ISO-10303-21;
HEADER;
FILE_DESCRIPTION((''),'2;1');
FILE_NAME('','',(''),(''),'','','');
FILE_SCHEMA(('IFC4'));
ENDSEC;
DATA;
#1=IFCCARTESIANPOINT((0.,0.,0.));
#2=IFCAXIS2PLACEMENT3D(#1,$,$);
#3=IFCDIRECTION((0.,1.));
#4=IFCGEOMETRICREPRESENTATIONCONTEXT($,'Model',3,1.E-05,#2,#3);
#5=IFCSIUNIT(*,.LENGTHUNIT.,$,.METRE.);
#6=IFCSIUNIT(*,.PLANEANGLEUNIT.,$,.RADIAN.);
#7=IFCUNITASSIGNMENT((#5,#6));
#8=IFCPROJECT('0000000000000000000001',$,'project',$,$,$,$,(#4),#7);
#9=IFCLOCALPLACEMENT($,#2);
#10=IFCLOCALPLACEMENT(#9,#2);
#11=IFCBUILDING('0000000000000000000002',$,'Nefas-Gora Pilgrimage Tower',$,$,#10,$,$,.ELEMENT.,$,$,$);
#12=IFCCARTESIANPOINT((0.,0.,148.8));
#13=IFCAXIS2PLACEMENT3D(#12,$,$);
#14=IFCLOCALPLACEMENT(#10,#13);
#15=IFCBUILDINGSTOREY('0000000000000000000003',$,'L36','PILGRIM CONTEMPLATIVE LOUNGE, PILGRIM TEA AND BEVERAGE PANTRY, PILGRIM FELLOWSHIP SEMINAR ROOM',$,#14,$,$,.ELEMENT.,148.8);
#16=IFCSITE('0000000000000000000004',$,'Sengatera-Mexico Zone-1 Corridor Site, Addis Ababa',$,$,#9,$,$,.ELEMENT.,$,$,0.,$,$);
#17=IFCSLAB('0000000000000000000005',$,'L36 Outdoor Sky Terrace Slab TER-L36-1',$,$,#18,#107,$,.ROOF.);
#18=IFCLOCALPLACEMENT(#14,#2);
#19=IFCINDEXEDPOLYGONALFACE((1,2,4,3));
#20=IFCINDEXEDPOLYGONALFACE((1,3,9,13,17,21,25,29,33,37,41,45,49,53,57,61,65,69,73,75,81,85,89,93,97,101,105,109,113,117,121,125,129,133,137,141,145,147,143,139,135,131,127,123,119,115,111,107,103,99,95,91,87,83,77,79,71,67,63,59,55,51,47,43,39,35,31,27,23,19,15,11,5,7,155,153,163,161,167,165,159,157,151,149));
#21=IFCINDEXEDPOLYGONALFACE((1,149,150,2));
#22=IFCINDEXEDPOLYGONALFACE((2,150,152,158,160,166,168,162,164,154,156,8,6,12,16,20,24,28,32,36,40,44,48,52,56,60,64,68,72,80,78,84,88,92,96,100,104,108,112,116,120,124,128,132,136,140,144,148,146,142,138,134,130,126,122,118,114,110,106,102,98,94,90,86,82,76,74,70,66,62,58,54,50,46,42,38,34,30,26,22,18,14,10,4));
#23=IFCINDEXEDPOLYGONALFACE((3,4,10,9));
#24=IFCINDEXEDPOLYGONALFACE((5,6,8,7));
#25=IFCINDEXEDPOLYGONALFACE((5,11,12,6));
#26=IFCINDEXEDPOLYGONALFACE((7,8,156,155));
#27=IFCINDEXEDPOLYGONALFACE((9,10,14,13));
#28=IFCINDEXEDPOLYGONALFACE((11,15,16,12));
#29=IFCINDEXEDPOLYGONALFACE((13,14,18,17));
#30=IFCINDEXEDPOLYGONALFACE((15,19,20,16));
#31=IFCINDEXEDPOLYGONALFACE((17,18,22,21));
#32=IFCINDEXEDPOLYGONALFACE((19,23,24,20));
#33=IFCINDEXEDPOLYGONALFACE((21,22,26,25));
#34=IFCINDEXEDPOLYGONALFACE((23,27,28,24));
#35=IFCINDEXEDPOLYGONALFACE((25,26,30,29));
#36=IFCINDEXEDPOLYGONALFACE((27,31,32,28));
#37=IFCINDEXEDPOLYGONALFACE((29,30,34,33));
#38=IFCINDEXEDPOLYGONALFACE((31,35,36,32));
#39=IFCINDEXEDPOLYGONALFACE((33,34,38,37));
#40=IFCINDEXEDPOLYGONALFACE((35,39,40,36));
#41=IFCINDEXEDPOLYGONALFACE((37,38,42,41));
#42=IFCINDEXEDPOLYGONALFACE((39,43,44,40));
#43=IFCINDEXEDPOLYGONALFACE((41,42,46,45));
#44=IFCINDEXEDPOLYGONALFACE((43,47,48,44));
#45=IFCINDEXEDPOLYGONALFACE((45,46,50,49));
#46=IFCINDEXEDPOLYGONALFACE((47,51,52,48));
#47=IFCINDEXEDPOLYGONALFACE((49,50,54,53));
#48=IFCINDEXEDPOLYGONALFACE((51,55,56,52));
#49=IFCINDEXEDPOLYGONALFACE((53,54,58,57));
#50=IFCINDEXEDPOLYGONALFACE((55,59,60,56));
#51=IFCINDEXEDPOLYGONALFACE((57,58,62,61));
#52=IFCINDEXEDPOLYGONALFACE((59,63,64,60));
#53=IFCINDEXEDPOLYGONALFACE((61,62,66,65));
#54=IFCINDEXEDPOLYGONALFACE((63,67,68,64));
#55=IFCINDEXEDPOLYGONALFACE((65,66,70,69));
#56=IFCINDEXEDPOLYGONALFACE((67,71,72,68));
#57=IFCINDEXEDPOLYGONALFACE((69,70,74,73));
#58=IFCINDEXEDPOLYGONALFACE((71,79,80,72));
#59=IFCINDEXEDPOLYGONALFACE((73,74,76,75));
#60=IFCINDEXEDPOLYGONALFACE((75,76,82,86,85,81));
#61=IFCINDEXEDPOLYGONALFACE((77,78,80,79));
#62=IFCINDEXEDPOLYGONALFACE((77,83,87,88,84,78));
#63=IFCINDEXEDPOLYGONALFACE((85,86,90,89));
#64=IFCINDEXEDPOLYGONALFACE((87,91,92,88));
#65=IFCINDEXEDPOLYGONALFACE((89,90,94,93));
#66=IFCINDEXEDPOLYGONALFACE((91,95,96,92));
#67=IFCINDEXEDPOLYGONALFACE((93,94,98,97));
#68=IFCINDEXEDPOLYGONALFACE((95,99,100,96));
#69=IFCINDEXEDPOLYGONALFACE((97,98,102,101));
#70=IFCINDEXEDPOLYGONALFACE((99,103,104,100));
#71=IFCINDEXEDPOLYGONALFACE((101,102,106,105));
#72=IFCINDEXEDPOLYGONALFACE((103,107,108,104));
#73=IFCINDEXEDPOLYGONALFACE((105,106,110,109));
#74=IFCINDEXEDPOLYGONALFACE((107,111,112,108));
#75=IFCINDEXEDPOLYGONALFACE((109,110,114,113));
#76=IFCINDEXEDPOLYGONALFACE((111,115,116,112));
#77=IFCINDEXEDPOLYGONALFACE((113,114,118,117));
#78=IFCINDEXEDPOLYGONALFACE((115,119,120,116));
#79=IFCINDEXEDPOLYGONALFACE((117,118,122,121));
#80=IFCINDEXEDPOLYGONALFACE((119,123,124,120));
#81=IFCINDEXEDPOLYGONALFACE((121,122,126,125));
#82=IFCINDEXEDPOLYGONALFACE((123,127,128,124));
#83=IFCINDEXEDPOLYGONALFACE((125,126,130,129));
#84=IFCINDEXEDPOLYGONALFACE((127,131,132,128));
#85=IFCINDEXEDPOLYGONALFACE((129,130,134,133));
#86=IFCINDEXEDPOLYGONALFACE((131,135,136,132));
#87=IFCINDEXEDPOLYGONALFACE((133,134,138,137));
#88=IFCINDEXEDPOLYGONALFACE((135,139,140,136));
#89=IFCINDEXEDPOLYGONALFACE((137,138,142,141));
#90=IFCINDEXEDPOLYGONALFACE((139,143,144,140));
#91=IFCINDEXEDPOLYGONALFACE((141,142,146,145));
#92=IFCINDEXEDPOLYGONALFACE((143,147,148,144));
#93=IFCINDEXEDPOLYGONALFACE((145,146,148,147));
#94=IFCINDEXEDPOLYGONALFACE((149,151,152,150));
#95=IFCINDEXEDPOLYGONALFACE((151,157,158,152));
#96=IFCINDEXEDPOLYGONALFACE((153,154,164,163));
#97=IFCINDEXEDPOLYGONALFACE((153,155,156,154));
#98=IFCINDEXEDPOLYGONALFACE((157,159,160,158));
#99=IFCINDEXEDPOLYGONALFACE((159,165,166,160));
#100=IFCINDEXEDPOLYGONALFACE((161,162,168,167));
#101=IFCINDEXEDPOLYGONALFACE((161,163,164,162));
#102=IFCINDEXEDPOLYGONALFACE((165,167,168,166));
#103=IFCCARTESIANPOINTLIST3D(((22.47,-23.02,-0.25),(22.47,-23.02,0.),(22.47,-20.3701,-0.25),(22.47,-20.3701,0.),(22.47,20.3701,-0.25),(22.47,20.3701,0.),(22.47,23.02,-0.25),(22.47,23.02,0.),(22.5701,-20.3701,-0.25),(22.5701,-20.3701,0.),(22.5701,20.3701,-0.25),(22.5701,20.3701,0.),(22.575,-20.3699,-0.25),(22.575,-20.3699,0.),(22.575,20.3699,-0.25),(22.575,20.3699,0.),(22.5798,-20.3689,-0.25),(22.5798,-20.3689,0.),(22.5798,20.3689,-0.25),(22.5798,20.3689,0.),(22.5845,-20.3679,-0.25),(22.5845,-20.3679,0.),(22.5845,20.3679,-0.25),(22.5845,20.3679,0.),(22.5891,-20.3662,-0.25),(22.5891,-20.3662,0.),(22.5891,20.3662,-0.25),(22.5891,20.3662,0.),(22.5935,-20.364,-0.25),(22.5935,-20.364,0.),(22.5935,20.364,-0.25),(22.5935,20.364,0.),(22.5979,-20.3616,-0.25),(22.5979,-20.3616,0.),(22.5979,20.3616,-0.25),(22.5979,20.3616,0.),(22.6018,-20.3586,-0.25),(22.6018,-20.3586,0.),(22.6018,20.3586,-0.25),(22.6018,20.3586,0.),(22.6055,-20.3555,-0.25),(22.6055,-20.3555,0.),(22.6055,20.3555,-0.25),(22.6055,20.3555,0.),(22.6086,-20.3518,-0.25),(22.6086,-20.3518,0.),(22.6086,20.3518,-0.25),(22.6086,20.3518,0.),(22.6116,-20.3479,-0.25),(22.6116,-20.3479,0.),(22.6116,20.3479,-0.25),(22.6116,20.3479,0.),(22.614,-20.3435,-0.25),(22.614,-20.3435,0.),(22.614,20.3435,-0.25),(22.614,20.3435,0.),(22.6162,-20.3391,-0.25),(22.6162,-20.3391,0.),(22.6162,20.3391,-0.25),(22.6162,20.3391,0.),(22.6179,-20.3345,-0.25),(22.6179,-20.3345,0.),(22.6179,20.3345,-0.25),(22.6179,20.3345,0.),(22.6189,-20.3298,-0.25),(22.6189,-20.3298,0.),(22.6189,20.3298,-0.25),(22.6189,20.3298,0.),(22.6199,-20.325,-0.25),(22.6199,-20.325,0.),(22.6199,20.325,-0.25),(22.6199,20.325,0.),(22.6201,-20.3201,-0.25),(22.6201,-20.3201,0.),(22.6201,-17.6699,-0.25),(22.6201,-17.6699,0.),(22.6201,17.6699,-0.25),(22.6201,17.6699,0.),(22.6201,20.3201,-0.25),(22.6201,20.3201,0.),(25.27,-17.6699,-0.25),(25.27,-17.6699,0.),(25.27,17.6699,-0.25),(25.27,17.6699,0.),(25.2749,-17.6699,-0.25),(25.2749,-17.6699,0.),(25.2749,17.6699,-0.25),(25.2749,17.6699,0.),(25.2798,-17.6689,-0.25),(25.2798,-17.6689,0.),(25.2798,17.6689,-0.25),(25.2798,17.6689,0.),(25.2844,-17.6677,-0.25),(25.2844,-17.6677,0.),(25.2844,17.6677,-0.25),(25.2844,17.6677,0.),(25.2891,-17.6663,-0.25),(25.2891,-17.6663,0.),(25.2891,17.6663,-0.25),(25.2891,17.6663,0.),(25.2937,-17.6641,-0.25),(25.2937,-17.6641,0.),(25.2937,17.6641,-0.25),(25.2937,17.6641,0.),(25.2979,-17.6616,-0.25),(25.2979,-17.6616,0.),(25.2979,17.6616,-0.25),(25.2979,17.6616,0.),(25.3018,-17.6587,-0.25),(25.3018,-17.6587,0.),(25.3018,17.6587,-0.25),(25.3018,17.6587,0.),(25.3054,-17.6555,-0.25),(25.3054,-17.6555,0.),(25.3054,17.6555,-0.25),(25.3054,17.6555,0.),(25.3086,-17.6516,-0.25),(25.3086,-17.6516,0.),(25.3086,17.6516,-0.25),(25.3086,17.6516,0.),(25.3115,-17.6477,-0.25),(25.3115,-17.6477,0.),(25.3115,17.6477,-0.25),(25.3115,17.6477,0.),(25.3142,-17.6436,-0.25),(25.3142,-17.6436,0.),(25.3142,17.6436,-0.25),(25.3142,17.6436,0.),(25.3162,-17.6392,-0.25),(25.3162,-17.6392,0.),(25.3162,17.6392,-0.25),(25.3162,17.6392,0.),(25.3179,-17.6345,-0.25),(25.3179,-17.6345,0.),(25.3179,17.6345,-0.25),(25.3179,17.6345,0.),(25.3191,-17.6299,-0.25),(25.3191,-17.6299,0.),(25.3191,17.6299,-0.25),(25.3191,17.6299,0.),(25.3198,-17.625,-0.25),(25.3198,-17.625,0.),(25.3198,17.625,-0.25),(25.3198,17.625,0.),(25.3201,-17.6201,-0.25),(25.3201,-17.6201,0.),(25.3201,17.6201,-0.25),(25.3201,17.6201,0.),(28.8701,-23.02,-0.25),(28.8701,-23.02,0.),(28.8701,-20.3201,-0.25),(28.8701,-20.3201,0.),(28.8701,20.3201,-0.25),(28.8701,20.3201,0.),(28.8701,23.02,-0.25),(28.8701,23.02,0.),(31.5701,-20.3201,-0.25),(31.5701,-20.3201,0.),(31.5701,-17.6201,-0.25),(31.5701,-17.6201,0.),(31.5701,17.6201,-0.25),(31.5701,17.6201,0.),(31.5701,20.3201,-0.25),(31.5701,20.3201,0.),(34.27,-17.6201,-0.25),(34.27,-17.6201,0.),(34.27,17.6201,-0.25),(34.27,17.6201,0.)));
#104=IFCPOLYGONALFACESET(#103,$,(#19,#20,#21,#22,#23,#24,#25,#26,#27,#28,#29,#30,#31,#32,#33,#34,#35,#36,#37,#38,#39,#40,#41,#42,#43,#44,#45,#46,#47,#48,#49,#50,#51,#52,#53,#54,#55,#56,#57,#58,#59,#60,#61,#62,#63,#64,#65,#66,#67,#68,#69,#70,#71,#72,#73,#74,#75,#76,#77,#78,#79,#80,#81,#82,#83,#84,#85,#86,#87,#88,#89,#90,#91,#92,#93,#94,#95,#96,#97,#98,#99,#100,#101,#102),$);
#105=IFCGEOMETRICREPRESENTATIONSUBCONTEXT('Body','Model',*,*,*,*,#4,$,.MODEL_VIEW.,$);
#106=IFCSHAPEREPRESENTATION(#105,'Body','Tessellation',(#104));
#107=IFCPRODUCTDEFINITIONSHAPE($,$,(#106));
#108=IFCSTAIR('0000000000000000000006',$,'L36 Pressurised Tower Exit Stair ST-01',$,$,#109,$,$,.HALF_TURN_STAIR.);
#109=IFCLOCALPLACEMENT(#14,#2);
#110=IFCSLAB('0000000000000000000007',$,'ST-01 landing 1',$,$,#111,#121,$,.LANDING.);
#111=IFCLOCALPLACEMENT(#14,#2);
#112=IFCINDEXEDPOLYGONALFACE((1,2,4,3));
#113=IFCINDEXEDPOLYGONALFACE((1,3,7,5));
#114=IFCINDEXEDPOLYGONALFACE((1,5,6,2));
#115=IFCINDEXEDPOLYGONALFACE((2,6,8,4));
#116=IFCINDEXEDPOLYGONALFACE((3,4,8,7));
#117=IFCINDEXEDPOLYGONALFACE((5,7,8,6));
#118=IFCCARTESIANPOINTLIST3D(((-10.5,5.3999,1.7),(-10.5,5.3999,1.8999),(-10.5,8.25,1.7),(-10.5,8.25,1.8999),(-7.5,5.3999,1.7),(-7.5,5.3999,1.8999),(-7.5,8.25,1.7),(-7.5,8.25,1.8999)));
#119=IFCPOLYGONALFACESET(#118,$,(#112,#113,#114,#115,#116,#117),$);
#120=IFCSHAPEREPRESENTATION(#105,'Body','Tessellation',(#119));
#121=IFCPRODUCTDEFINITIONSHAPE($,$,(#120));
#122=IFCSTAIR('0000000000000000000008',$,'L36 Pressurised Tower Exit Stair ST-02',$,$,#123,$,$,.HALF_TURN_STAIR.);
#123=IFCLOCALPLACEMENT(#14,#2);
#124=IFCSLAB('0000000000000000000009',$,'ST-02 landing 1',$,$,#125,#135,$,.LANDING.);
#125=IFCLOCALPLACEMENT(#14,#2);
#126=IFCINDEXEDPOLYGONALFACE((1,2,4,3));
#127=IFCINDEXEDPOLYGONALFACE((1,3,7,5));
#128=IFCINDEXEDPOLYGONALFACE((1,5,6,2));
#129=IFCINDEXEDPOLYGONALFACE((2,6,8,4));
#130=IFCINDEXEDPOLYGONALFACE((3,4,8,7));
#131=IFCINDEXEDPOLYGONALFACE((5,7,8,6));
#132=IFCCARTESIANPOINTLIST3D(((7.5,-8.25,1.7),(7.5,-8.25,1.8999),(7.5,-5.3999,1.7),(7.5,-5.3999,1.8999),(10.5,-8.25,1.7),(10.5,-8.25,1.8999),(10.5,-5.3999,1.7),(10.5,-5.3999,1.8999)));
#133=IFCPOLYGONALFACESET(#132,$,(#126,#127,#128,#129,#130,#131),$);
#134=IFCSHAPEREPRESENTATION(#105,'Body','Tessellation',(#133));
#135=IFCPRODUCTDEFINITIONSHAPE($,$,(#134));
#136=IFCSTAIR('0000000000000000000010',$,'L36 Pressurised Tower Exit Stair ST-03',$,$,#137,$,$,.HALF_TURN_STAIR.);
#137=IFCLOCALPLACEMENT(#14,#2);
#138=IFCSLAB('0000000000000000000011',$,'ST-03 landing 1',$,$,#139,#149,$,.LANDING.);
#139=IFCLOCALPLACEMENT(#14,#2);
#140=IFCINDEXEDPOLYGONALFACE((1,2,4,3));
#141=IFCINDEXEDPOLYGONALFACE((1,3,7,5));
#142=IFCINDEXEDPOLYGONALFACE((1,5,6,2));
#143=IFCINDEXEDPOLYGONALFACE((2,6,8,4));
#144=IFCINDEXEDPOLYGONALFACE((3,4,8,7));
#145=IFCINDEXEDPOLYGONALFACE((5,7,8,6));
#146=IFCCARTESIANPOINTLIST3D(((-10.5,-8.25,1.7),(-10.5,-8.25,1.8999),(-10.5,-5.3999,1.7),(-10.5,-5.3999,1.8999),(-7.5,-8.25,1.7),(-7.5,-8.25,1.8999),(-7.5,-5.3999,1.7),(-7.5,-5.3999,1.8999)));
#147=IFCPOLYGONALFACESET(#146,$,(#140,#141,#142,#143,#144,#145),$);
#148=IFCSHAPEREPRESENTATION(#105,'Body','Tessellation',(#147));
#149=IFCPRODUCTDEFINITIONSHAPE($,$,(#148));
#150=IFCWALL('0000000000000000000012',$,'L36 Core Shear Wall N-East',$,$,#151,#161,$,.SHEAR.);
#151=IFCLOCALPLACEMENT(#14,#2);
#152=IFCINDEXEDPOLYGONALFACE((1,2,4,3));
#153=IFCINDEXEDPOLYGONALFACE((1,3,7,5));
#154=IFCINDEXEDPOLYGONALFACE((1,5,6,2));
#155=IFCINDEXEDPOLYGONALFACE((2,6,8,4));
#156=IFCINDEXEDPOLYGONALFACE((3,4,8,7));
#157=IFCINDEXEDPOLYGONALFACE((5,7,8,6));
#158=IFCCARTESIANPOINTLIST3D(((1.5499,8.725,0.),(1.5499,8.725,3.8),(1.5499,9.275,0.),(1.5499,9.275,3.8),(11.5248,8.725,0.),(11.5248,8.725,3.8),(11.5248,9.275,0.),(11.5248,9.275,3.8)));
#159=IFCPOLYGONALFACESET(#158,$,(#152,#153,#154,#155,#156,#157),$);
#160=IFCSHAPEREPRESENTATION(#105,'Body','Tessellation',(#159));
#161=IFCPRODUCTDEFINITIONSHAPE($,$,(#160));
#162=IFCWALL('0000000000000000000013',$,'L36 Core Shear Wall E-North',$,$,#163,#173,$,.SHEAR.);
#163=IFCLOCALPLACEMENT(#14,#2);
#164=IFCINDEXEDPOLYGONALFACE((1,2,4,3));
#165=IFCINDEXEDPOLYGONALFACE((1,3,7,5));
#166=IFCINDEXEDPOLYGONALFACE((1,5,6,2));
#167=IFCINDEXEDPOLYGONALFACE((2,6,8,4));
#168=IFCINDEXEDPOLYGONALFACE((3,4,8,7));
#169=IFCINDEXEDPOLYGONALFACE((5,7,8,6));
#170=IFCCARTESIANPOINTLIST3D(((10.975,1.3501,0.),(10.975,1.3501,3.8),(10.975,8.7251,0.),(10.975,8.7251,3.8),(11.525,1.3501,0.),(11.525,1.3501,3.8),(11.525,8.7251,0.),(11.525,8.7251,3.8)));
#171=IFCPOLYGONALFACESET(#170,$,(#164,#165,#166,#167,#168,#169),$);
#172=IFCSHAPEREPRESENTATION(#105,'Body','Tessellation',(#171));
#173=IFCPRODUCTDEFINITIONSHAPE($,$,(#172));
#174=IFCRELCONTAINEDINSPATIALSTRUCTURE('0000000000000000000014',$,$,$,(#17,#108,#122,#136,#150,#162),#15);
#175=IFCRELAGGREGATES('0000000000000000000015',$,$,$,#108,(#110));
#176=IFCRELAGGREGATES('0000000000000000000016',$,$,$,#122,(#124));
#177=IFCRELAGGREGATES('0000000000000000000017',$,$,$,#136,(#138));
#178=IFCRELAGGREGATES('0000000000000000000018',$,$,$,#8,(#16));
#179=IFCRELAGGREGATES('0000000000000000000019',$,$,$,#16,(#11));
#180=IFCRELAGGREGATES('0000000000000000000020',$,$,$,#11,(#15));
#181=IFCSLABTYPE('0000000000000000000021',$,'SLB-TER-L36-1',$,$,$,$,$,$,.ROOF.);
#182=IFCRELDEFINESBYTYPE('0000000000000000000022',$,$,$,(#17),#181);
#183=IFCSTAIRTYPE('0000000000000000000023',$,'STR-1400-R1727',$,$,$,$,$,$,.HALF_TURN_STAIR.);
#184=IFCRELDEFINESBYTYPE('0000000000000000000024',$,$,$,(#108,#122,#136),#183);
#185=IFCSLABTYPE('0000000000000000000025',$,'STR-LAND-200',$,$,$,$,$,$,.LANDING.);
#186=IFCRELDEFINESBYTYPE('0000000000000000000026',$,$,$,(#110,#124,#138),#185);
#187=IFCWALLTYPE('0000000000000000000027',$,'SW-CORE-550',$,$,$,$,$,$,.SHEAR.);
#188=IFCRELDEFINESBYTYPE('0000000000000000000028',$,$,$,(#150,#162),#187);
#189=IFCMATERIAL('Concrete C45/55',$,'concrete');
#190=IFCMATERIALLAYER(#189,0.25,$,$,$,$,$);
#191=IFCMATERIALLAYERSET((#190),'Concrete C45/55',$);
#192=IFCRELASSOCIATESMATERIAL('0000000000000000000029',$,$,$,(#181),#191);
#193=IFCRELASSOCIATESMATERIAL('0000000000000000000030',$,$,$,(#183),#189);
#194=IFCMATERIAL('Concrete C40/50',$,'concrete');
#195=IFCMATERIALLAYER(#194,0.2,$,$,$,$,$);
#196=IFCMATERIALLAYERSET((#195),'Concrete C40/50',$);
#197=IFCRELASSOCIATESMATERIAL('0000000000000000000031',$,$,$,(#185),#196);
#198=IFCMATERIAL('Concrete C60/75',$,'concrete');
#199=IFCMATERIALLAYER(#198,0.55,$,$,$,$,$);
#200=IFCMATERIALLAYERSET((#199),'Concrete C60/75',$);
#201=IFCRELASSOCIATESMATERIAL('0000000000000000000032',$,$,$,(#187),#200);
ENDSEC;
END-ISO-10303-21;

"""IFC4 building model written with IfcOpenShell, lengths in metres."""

from ifc_helpers import new_model, si_unit, direction, frame, frame_2d, origin, place, context, subcontext, project, spatial, polyline, rectangle, outline, extrude, source, transform, mapped, material, layer, layer_set, type_object, element, aggregate, save


model = new_model("IFC4")

# Units and contexts
model_context = context("Model", 3, precision=1e-05, world=origin(), true_north=direction((0.0, 1.0)))
body_context = subcontext(model_context, "Body", "Model", "MODEL_VIEW")
ifc_project = project(units=[si_unit("LENGTHUNIT", "METRE"), si_unit("PLANEANGLEUNIT", "RADIAN")], contexts=[model_context])

# Site, building, storey
site_placement = place(None, origin())
site = spatial("IfcSite", under=ifc_project, at=site_placement, Name="Sengatera-Mexico Zone-1 Corridor Site, Addis Ababa", CompositionType="ELEMENT", RefElevation=0.0)
building_placement = place(site_placement, origin())
building = spatial("IfcBuilding", under=site, at=building_placement, Name="Nefas-Gora Pilgrimage Tower", CompositionType="ELEMENT")
storey_placement = place(building_placement, frame((0.0, 0.0, 148.8)))
storey = spatial("IfcBuildingStorey", under=building, at=storey_placement, Name="L36", Description="PILGRIM CONTEMPLATIVE LOUNGE, PILGRIM TEA AND BEVERAGE PANTRY, PILGRIM FELLOWSHIP SEMINAR ROOM", CompositionType="ELEMENT", Elevation=148.8)

# Slab
ifc_material_1 = material(Name="Concrete C40/50", Category="concrete")
ifc_material_2 = material(Name="Concrete C45/55", Category="concrete")
ifc_layer_1 = layer(ifc_material_2, 0.25)
ifc_layer_set_1 = layer_set([ifc_layer_1], Name="Concrete C45/55")
slab_type_1 = type_object("IfcSlabType", Name="SLB-TER-L36-1", PredefinedType="ROOF", material=ifc_layer_set_1)
slab_1_placement = place(storey_placement, frame((0.0, 0.0, -0.25)))
element("IfcSlab", 1, at=slab_1_placement, inside=storey, type_object=slab_type_1, Name="L36 Outdoor Sky Terrace Slab TER-L36-1", PredefinedType="ROOF", context=body_context, shape_type="SweptSolid", body=[
    extrude(outline(polyline([(28.8701, 23.02), (22.47, 23.02), (22.47, 20.3701), (22.5701, 20.3701), (22.575, 20.3699), (22.5798, 20.3689), (22.5845, 20.3679), (22.5891, 20.3662), (22.5935, 20.364), (22.5979, 20.3616), (22.6018, 20.3586), (22.6055, 20.3555), (22.6086, 20.3518), (22.6116, 20.3479), (22.614, 20.3435), (22.6162, 20.3391), (22.6179, 20.3345), (22.6189, 20.3298), (22.6199, 20.325), (22.6201, 20.3201), (22.6201, 17.6699), (25.27, 17.6699), (25.2749, 17.6699), (25.2798, 17.6689), (25.2844, 17.6677), (25.2891, 17.6663), (25.2937, 17.6641), (25.2979, 17.6616), (25.3018, 17.6587), (25.3054, 17.6555), (25.3086, 17.6516), (25.3115, 17.6477), (25.3142, 17.6436), (25.3162, 17.6392), (25.3179, 17.6345), (25.3191, 17.6299), (25.3198, 17.625), (25.3201, 17.6201), (25.3201, -17.6201), (25.3198, -17.625), (25.3191, -17.6299), (25.3179, -17.6345), (25.3162, -17.6392), (25.3142, -17.6436), (25.3115, -17.6477), (25.3086, -17.6516), (25.3054, -17.6555), (25.3018, -17.6587), (25.2979, -17.6616), (25.2937, -17.6641), (25.2891, -17.6663), (25.2844, -17.6677), (25.2798, -17.6689), (25.2749, -17.6699), (25.27, -17.6699), (22.6201, -17.6699), (22.6201, -20.3201), (22.6199, -20.325), (22.6189, -20.3298), (22.6179, -20.3345), (22.6162, -20.3391), (22.614, -20.3435), (22.6116, -20.3479), (22.6086, -20.3518), (22.6055, -20.3555), (22.6018, -20.3586), (22.5979, -20.3616), (22.5935, -20.364), (22.5891, -20.3662), (22.5845, -20.3679), (22.5798, -20.3689), (22.575, -20.3699), (22.5701, -20.3701), (22.47, -20.3701), (22.47, -23.02), (28.8701, -23.02), (28.8701, -20.3201), (31.5701, -20.3201), (31.5701, -17.6201), (34.27, -17.6201), (34.27, 17.6201), (31.5701, 17.6201), (31.5701, 20.3201), (28.8701, 20.3201), (28.8701, 23.02)])), origin(), (0.0, 0.0, 1.0), 0.25),
])

# Stairs, slabs
stair_type = type_object("IfcStairType", Name="STR-1400-R1727", PredefinedType="HALF_TURN_STAIR", material=ifc_material_2)
stair_1_placement = place(storey_placement, origin())
stair_1 = element("IfcStair", 2, at=stair_1_placement, inside=storey, type_object=stair_type, Name="L36 Pressurised Tower Exit Stair ST-01", PredefinedType="HALF_TURN_STAIR")
ifc_layer_2 = layer(ifc_material_1, 0.2)
ifc_layer_set_2 = layer_set([ifc_layer_2], Name="Concrete C40/50")
slab_type_2 = type_object("IfcSlabType", Name="STR-LAND-200", PredefinedType="LANDING", material=ifc_layer_set_2)
slab_2_placement = place(storey_placement, frame((0.0, 0.0, 1.7)))
slab_2 = element("IfcSlab", 3, at=slab_2_placement, type_object=slab_type_2, Name="ST-01 landing 1", PredefinedType="LANDING", context=body_context, shape_type="SweptSolid", body=[
    extrude(outline(polyline([(-7.5, 5.3999), (-7.5, 8.25), (-10.5, 8.25), (-10.5, 5.3999), (-7.5, 5.3999)])), origin(), (0.0, 0.0, 1.0), 0.2),
])
aggregate(stair_1, [slab_2])
stair_2_placement = place(storey_placement, origin())
stair_2 = element("IfcStair", 4, at=stair_2_placement, inside=storey, type_object=stair_type, Name="L36 Pressurised Tower Exit Stair ST-02", PredefinedType="HALF_TURN_STAIR")
slab_3_placement = place(storey_placement, frame((0.0, 0.0, 1.7)))
slab_3 = element("IfcSlab", 5, at=slab_3_placement, type_object=slab_type_2, Name="ST-02 landing 1", PredefinedType="LANDING", context=body_context, shape_type="SweptSolid", body=[
    extrude(outline(polyline([(7.5, -5.3999), (7.5, -8.25), (10.5, -8.25), (10.5, -5.3999), (7.5, -5.3999)])), origin(), (0.0, 0.0, 1.0), 0.2),
])
aggregate(stair_2, [slab_3])
stair_3_placement = place(storey_placement, origin())
stair_3 = element("IfcStair", 6, at=stair_3_placement, inside=storey, type_object=stair_type, Name="L36 Pressurised Tower Exit Stair ST-03", PredefinedType="HALF_TURN_STAIR")
slab_4_placement = place(storey_placement, frame((0.0, 0.0, 1.7)))
slab_4 = element("IfcSlab", 7, at=slab_4_placement, type_object=slab_type_2, Name="ST-03 landing 1", PredefinedType="LANDING", context=body_context, shape_type="SweptSolid", body=[
    extrude(outline(polyline([(-10.5, -5.3999), (-10.5, -8.25), (-7.5, -8.25), (-7.5, -5.3999), (-10.5, -5.3999)])), origin(), (0.0, 0.0, 1.0), 0.2),
])
aggregate(stair_3, [slab_4])

# Walls
ifc_material_3 = material(Name="Concrete C60/75", Category="concrete")
ifc_layer_3 = layer(ifc_material_3, 0.55)
ifc_layer_set_3 = layer_set([ifc_layer_3], Name="Concrete C60/75")
wall_type_1 = type_object("IfcWallType", Name="SW-CORE-550", PredefinedType="SHEAR", material=ifc_layer_set_3)
shared_shape_1 = source(origin(), body_context, "Body", "SweptSolid", [
    extrude(rectangle(XDim=9.9749, YDim=0.55, at=frame_2d((4.9873, 0.0))), origin(), (0.0, 0.0, 1.0), 3.8),
])
wall_1_placement = place(storey_placement, frame((1.55, 9.0, 0.0), z_axis=(0.0, 0.0, 1.0), x_axis=(1.0, 0.0, 0.0)))
element("IfcWall", 8, at=wall_1_placement, inside=storey, type_object=wall_type_1, Name="L36 Core Shear Wall N-East", PredefinedType="SHEAR", context=body_context, shape_type="MappedRepresentation", body=[
    mapped(shared_shape_1, transform((0.0, 0.0, 0.0), x_axis=(1.0, 0.0, 0.0), y_axis=(0.0, 1.0, 0.0), z_axis=(0.0, 0.0, 1.0), scale=1.0)),
])
shared_shape_2 = source(origin(), body_context, "Body", "SweptSolid", [
    extrude(rectangle(XDim=7.375, YDim=0.55, at=frame_2d((3.6875, 0.0))), origin(), (0.0, 0.0, 1.0), 3.8),
])
wall_2_placement = place(storey_placement, frame((11.25, 1.3501, 0.0), z_axis=(0.0, 0.0, 1.0), x_axis=(0.0, 1.0, 0.0)))
element("IfcWall", 9, at=wall_2_placement, inside=storey, type_object=wall_type_1, Name="L36 Core Shear Wall E-North", PredefinedType="SHEAR", context=body_context, shape_type="MappedRepresentation", body=[
    mapped(shared_shape_2, transform((0.0, 0.0, 0.0), x_axis=(1.0, 0.0, 0.0), y_axis=(0.0, 1.0, 0.0), z_axis=(0.0, 0.0, 1.0), scale=1.0)),
])

save(model, "model.ifc")
